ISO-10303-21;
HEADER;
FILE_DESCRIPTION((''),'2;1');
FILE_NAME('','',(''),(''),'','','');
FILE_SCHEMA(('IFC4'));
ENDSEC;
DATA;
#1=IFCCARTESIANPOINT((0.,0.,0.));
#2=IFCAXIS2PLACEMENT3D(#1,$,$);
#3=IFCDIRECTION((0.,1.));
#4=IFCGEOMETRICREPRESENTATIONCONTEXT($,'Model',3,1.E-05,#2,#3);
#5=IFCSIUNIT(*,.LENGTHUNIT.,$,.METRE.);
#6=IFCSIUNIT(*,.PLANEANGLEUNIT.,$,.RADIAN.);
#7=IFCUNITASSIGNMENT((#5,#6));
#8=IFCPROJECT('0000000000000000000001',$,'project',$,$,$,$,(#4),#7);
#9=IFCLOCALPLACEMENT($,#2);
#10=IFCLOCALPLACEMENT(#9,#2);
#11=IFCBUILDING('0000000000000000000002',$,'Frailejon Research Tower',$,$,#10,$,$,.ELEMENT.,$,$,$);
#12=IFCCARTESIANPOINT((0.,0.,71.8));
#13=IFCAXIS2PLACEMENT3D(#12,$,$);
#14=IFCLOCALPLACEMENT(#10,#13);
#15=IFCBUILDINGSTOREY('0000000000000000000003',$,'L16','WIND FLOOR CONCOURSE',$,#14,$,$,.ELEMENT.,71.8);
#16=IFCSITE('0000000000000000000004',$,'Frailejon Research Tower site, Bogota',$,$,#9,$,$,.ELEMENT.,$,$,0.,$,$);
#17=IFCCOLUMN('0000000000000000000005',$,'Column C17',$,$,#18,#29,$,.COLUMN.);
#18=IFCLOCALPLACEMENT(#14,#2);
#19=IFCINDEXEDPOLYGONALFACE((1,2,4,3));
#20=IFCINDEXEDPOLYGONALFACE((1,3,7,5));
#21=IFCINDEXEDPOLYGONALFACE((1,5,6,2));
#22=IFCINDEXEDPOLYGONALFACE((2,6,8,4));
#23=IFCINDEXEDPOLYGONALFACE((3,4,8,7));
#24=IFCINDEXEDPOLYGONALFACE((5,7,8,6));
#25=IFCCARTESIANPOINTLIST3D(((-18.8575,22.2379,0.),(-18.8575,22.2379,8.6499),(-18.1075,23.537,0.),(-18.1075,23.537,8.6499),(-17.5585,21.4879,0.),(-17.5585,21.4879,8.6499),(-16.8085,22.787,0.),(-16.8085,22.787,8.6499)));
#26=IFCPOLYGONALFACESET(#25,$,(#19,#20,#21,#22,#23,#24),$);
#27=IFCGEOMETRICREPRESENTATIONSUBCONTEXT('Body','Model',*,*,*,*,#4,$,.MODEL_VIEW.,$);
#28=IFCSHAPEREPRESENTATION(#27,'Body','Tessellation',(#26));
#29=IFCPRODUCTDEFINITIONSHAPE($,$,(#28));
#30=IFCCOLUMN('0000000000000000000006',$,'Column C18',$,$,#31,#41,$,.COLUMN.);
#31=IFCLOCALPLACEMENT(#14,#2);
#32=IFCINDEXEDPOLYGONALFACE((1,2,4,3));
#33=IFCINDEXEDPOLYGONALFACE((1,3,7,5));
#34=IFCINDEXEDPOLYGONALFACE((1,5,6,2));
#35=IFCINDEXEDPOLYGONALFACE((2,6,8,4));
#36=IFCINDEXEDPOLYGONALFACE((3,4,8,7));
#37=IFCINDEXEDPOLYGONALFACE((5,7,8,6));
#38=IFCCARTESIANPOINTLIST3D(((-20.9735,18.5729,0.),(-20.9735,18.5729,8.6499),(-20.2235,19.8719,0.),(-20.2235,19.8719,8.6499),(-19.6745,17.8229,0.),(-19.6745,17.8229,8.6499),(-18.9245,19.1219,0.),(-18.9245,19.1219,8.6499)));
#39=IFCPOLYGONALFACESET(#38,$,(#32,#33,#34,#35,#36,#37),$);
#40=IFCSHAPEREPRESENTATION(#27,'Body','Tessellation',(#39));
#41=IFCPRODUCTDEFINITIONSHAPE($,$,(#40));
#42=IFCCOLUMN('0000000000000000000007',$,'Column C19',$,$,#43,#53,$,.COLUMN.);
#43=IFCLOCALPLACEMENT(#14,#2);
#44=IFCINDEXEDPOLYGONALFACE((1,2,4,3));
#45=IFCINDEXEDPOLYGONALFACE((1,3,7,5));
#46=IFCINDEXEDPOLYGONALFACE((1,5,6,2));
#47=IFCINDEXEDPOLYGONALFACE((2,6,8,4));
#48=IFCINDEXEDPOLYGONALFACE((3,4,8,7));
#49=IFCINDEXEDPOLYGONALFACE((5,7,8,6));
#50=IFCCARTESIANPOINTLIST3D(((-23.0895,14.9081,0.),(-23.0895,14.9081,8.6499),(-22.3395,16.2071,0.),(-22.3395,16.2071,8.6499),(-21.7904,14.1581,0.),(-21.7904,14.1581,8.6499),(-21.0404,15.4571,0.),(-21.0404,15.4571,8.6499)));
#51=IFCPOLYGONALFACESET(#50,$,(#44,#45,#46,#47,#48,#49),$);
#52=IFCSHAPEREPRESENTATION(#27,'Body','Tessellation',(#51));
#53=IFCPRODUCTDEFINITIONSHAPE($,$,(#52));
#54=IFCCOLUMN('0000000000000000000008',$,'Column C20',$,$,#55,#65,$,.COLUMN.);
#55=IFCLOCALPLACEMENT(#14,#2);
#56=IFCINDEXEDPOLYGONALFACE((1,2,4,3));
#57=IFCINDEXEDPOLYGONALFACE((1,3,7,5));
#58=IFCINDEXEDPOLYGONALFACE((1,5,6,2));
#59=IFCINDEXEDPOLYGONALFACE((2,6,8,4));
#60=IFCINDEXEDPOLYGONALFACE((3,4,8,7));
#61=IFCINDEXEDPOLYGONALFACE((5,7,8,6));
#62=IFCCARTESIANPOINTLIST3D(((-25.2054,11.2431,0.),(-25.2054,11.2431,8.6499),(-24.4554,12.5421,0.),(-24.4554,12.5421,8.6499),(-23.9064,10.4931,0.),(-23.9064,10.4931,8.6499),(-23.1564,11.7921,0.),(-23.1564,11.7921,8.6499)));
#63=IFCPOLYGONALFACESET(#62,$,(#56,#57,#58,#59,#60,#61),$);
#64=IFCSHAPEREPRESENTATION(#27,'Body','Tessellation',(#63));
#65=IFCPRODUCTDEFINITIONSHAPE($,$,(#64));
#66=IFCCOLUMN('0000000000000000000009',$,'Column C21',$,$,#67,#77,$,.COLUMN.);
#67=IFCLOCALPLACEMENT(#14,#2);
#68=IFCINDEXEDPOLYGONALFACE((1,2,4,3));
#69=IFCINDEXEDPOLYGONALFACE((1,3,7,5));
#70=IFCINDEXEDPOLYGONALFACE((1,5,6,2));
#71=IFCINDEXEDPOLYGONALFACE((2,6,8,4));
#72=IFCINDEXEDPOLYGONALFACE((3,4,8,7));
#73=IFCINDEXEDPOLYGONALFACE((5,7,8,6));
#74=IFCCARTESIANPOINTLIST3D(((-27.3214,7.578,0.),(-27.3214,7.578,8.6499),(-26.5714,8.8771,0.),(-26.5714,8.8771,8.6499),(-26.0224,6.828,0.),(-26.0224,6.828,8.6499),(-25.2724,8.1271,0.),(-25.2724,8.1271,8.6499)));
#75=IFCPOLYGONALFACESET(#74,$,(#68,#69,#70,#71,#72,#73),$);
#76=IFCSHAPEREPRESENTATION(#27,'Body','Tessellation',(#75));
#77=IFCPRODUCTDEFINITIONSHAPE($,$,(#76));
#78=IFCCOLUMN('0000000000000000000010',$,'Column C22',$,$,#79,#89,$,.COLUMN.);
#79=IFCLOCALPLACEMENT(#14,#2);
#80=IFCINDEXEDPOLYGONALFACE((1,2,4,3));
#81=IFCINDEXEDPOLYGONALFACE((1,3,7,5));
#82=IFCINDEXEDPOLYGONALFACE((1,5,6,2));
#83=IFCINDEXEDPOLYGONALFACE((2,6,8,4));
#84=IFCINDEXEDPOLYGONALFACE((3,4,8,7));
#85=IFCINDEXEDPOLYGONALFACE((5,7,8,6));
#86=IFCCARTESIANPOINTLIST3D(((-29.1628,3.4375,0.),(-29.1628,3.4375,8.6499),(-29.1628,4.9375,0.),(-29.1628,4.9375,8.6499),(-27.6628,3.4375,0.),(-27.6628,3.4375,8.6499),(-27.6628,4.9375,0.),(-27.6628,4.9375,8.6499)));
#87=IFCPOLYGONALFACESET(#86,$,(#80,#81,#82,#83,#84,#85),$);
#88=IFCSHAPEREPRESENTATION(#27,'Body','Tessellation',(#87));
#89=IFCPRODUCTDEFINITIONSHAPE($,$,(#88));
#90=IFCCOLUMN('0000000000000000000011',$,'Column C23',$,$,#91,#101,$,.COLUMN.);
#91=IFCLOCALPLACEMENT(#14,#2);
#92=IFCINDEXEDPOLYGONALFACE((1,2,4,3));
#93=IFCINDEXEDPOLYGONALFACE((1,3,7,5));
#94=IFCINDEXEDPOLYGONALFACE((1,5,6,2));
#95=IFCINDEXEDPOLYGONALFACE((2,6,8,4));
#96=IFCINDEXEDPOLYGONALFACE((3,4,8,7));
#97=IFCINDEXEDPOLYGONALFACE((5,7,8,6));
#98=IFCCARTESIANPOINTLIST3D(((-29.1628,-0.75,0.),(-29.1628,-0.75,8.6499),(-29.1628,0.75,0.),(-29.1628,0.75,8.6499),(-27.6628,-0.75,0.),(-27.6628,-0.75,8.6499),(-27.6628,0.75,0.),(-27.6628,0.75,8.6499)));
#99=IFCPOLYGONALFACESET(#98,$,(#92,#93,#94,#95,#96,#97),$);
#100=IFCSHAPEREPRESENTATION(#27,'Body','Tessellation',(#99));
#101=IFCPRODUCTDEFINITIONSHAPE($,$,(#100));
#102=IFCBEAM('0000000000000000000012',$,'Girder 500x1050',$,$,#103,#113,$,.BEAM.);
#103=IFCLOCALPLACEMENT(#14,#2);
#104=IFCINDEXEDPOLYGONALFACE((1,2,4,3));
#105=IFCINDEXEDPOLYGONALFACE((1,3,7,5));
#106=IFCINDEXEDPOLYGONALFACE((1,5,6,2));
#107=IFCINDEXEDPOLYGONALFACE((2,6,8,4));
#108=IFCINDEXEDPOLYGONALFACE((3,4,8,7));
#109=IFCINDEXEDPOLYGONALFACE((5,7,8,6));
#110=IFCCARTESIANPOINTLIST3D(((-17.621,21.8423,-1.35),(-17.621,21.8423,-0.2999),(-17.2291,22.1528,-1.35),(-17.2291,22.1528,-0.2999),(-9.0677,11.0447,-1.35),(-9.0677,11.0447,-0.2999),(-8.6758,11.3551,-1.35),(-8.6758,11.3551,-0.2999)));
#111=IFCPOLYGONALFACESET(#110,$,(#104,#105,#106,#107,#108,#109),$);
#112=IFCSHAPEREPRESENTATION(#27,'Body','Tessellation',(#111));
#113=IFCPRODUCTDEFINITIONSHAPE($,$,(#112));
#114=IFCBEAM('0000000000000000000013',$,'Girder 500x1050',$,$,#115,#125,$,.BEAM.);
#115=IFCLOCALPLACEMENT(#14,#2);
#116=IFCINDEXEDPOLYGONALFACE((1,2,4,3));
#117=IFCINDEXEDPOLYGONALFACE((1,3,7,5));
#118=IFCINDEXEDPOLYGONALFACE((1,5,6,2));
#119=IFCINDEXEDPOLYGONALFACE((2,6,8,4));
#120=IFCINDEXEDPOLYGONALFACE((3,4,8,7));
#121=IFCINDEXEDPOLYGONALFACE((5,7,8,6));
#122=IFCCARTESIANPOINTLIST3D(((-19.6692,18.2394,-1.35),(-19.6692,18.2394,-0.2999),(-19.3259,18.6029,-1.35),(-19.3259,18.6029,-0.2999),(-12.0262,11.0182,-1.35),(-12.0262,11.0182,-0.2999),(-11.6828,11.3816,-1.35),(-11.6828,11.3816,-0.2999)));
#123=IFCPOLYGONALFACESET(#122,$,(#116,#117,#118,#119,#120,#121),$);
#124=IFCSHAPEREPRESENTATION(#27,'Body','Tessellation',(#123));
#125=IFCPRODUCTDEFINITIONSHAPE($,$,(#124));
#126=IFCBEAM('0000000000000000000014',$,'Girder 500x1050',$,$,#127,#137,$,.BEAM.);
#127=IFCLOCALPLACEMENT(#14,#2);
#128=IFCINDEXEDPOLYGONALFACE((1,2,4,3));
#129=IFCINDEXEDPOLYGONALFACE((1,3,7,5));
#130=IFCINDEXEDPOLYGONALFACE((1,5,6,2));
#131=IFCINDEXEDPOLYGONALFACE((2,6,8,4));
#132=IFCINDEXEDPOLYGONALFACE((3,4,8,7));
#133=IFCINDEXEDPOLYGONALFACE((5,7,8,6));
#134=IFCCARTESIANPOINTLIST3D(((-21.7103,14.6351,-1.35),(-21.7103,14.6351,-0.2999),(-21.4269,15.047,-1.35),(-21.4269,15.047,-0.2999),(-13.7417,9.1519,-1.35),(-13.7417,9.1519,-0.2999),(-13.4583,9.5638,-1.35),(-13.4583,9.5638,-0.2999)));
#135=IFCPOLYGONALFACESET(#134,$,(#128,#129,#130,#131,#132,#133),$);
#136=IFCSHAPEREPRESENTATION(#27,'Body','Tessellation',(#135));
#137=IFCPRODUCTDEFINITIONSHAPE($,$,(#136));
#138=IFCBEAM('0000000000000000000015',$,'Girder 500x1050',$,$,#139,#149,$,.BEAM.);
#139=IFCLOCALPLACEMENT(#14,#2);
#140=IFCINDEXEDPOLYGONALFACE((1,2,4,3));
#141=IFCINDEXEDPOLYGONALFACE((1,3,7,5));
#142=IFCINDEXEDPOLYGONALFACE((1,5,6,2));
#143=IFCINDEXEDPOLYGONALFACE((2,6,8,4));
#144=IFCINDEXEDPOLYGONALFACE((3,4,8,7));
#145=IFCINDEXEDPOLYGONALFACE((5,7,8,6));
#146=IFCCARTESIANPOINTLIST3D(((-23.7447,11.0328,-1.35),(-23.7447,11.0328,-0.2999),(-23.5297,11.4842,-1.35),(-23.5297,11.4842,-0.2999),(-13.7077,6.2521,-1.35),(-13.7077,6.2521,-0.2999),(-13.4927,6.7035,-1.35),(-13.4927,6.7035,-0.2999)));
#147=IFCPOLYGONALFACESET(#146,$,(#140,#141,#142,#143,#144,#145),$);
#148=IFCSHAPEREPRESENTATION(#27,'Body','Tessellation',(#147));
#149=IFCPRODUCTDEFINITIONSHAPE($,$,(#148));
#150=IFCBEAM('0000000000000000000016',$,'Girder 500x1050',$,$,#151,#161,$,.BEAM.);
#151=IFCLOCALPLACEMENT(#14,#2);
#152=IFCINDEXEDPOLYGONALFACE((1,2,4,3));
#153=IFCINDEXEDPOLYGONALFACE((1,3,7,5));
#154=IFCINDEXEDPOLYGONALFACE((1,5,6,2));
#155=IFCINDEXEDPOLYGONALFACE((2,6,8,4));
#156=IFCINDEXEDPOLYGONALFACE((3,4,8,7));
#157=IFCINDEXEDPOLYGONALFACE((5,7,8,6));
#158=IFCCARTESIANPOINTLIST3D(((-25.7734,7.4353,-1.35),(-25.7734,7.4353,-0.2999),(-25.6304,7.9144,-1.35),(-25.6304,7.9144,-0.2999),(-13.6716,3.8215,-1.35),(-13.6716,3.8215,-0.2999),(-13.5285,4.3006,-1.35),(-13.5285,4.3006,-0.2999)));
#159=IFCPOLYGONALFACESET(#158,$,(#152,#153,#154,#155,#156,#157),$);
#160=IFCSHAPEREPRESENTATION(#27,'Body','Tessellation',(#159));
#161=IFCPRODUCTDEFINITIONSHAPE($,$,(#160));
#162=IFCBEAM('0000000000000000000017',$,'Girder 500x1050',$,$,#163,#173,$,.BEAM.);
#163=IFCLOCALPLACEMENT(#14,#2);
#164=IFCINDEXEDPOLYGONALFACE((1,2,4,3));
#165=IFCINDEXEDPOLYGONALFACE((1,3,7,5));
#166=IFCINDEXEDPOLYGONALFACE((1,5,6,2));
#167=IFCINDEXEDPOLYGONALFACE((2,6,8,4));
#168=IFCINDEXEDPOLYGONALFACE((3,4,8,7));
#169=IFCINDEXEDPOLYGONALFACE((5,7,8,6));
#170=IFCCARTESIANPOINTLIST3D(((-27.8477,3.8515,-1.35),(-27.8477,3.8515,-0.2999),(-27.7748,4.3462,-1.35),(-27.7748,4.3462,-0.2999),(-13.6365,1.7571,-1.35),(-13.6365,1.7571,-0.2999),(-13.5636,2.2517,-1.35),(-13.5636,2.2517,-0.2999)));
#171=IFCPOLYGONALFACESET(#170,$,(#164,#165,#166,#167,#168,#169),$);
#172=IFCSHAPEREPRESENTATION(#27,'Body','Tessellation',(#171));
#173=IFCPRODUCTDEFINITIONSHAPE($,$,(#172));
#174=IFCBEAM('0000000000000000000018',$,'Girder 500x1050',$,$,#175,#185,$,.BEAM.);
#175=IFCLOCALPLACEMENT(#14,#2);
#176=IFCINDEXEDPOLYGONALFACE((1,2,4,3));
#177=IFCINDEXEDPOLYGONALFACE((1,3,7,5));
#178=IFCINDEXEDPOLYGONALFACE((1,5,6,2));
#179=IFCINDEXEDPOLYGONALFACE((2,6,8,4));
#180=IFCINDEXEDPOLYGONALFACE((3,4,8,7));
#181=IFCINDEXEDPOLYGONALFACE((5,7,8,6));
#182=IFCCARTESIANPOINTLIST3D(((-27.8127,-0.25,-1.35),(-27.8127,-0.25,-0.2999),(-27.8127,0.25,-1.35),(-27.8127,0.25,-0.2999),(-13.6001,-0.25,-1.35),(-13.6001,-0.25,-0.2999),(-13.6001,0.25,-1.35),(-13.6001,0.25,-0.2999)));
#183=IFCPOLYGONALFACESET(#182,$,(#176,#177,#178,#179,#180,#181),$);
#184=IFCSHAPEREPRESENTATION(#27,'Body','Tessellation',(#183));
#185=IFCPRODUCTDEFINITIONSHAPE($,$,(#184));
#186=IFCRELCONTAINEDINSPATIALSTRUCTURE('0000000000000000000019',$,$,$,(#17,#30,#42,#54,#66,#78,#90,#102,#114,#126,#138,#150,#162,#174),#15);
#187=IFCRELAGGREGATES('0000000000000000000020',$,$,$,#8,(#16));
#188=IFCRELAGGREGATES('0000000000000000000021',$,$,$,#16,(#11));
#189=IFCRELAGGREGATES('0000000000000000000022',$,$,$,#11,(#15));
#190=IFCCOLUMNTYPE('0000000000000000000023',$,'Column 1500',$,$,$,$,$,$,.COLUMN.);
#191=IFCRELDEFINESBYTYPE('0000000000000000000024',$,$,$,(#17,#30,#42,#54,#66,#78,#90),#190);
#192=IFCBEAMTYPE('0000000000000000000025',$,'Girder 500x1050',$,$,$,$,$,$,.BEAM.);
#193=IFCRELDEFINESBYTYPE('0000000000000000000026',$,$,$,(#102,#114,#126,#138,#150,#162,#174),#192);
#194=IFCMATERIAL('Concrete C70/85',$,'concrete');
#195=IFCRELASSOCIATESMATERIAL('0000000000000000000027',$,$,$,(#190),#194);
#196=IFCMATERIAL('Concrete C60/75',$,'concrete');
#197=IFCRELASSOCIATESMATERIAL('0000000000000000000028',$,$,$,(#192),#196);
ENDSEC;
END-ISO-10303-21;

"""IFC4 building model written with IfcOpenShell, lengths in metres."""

from ifc_helpers import new_model, si_unit, direction, frame, origin, origin_2d, place, context, subcontext, project, spatial, rectangle, extrude, material, material_profile, profile_set, type_object, element, save


model = new_model("IFC4")

# Units and contexts
model_context = context("Model", 3, precision=1e-05, world=origin(), true_north=direction((0.0, 1.0)))
body_context = subcontext(model_context, "Body", "Model", "MODEL_VIEW")
ifc_project = project(units=[si_unit("LENGTHUNIT", "METRE"), si_unit("PLANEANGLEUNIT", "RADIAN")], contexts=[model_context])

# Site, building, storey
site_placement = place(None, origin())
site = spatial("IfcSite", under=ifc_project, at=site_placement, Name="Frailejon Research Tower site, Bogota", CompositionType="ELEMENT", RefElevation=0.0)
building_placement = place(site_placement, origin())
building = spatial("IfcBuilding", under=site, at=building_placement, Name="Frailejon Research Tower", CompositionType="ELEMENT")
storey_placement = place(building_placement, frame((0.0, 0.0, 71.8)))
storey = spatial("IfcBuildingStorey", under=building, at=storey_placement, Name="L16", Description="WIND FLOOR CONCOURSE", CompositionType="ELEMENT", Elevation=71.8)

# Columns
ifc_material_1 = material(Name="Concrete C70/85", Category="concrete")
ifc_material_profile_1 = material_profile(ifc_material_1, rectangle(XDim=1.5, YDim=1.5, at=origin_2d()), Name="Column 1500")
ifc_profile_set_1 = profile_set([ifc_material_profile_1], Name="Concrete C70/85")
column_type = type_object("IfcColumnType", Name="Column 1500", PredefinedType="COLUMN", material=ifc_profile_set_1)
for number, where, z_axis, x_axis, name in (
    (1, (-17.833, 22.5125, 0.0), (0.0, 0.0, 1.0), (-0.5, -0.866025, 0.0), "Column C17"),
    (2, (-19.949, 18.8474, 0.0), (0.0, 0.0, 1.0), (-0.5, -0.866025, 0.0), "Column C18"),
    (3, (-22.0649, 15.1826, 0.0), (0.0, 0.0, 1.0), (-0.5, -0.866025, 0.0), "Column C19"),
    (4, (-24.1809, 11.5176, 0.0), (0.0, 0.0, 1.0), (-0.5, -0.866025, 0.0), "Column C20"),
    (5, (-26.2969, 7.8525, 0.0), (0.0, 0.0, 1.0), (-0.5, -0.866025, 0.0), "Column C21"),
    (6, (-28.4128, 4.1875, 0.0), (0.0, 0.0, 1.0), (0.0, -1.0, 0.0), "Column C22"),
    (7, (-28.4128, 0.0, 0.0), (0.0, 0.0, 1.0), (0.0, -1.0, 0.0), "Column C23"),
):
    element("IfcColumn", number, at=place(storey_placement, frame(where, z_axis=z_axis, x_axis=x_axis)), inside=storey, type_object=column_type, Name=name, PredefinedType="COLUMN", context=body_context, shape_type="SweptSolid", body=[
        extrude(rectangle(XDim=1.5, YDim=1.5, at=origin_2d()), origin(), (0.0, 0.0, 1.0), 8.6499),
    ])

# Beams
ifc_material_2 = material(Name="Concrete C60/75", Category="concrete")
ifc_material_profile_2 = material_profile(ifc_material_2, rectangle(XDim=0.5, YDim=1.05, at=origin_2d()), Name="Girder 500x1050")
ifc_profile_set_2 = profile_set([ifc_material_profile_2], Name="Concrete C60/75")
beam_type_1 = type_object("IfcBeamType", Name="Girder 500x1050", PredefinedType="BEAM", material=ifc_profile_set_2)
beam_1_placement = place(storey_placement, frame((-17.425, 21.9976, -0.825), z_axis=(0.620931, -0.783865, 0.0), x_axis=(0.783865, 0.620931, 0.0)))
element("IfcBeam", 8, at=beam_1_placement, inside=storey, type_object=beam_type_1, Name="Girder 500x1050", PredefinedType="BEAM", context=body_context, shape_type="SweptSolid", body=[
    extrude(rectangle(XDim=0.5, YDim=1.05, at=origin_2d()), origin(), (0.0, 0.0, 1.0), 13.7749),
])
beam_2_placement = place(storey_placement, frame((-19.4976, 18.4211, -0.825), z_axis=(0.726883, -0.686761, 0.0), x_axis=(0.686761, 0.726883, 0.0)))
element("IfcBeam", 9, at=beam_2_placement, inside=storey, type_object=beam_type_1, Name="Girder 500x1050", PredefinedType="BEAM", context=body_context, shape_type="SweptSolid", body=[
    extrude(rectangle(XDim=0.5, YDim=1.05, at=origin_2d()), origin(), (0.0, 0.0, 1.0), 10.5149),
])
beam_3_placement = place(storey_placement, frame((-21.5686, 14.8411, -0.825), z_axis=(0.82381, -0.566866, 0.0), x_axis=(0.566866, 0.82381, 0.0)))
element("IfcBeam", 10, at=beam_3_placement, inside=storey, type_object=beam_type_1, Name="Girder 500x1050", PredefinedType="BEAM", context=body_context, shape_type="SweptSolid", body=[
    extrude(rectangle(XDim=0.5, YDim=1.05, at=origin_2d()), origin(), (0.0, 0.0, 1.0), 9.6729),
])
beam_4_placement = place(storey_placement, frame((-23.6372, 11.2585, -0.825), z_axis=(0.902819, -0.430021, 0.0), x_axis=(0.430021, 0.902819, 0.0)))
element("IfcBeam", 11, at=beam_4_placement, inside=storey, type_object=beam_type_1, Name="Girder 500x1050", PredefinedType="BEAM", context=body_context, shape_type="SweptSolid", body=[
    extrude(rectangle(XDim=0.5, YDim=1.05, at=origin_2d()), origin(), (0.0, 0.0, 1.0), 11.1174),
])
beam_5_placement = place(storey_placement, frame((-25.7019, 7.6748, -0.825), z_axis=(0.958191, -0.286129, 0.0), x_axis=(0.286129, 0.958191, 0.0)))
element("IfcBeam", 12, at=beam_5_placement, inside=storey, type_object=beam_type_1, Name="Girder 500x1050", PredefinedType="BEAM", context=body_context, shape_type="SweptSolid", body=[
    extrude(rectangle(XDim=0.5, YDim=1.05, at=origin_2d()), origin(), (0.0, 0.0, 1.0), 12.6299),
])
beam_6_placement = place(storey_placement, frame((-27.8113, 4.0989, -0.825), z_axis=(0.989313, -0.145808, 0.0), x_axis=(0.145808, 0.989313, 0.0)))
element("IfcBeam", 13, at=beam_6_placement, inside=storey, type_object=beam_type_1, Name="Girder 500x1050", PredefinedType="BEAM", context=body_context, shape_type="SweptSolid", body=[
    extrude(rectangle(XDim=0.5, YDim=1.05, at=origin_2d()), origin(), (0.0, 0.0, 1.0), 14.3647),
])
beam_7_placement = place(storey_placement, frame((-27.8127, 0.0, -0.825), z_axis=(1.0, 0.0, 0.0), x_axis=(0.0, 1.0, 0.0)))
element("IfcBeam", 14, at=beam_7_placement, inside=storey, type_object=beam_type_1, Name="Girder 500x1050", PredefinedType="BEAM", context=body_context, shape_type="SweptSolid", body=[
    extrude(rectangle(XDim=0.5, YDim=1.05, at=origin_2d()), origin(), (0.0, 0.0, 1.0), 14.2126),
])

save(model, "model.ifc")
